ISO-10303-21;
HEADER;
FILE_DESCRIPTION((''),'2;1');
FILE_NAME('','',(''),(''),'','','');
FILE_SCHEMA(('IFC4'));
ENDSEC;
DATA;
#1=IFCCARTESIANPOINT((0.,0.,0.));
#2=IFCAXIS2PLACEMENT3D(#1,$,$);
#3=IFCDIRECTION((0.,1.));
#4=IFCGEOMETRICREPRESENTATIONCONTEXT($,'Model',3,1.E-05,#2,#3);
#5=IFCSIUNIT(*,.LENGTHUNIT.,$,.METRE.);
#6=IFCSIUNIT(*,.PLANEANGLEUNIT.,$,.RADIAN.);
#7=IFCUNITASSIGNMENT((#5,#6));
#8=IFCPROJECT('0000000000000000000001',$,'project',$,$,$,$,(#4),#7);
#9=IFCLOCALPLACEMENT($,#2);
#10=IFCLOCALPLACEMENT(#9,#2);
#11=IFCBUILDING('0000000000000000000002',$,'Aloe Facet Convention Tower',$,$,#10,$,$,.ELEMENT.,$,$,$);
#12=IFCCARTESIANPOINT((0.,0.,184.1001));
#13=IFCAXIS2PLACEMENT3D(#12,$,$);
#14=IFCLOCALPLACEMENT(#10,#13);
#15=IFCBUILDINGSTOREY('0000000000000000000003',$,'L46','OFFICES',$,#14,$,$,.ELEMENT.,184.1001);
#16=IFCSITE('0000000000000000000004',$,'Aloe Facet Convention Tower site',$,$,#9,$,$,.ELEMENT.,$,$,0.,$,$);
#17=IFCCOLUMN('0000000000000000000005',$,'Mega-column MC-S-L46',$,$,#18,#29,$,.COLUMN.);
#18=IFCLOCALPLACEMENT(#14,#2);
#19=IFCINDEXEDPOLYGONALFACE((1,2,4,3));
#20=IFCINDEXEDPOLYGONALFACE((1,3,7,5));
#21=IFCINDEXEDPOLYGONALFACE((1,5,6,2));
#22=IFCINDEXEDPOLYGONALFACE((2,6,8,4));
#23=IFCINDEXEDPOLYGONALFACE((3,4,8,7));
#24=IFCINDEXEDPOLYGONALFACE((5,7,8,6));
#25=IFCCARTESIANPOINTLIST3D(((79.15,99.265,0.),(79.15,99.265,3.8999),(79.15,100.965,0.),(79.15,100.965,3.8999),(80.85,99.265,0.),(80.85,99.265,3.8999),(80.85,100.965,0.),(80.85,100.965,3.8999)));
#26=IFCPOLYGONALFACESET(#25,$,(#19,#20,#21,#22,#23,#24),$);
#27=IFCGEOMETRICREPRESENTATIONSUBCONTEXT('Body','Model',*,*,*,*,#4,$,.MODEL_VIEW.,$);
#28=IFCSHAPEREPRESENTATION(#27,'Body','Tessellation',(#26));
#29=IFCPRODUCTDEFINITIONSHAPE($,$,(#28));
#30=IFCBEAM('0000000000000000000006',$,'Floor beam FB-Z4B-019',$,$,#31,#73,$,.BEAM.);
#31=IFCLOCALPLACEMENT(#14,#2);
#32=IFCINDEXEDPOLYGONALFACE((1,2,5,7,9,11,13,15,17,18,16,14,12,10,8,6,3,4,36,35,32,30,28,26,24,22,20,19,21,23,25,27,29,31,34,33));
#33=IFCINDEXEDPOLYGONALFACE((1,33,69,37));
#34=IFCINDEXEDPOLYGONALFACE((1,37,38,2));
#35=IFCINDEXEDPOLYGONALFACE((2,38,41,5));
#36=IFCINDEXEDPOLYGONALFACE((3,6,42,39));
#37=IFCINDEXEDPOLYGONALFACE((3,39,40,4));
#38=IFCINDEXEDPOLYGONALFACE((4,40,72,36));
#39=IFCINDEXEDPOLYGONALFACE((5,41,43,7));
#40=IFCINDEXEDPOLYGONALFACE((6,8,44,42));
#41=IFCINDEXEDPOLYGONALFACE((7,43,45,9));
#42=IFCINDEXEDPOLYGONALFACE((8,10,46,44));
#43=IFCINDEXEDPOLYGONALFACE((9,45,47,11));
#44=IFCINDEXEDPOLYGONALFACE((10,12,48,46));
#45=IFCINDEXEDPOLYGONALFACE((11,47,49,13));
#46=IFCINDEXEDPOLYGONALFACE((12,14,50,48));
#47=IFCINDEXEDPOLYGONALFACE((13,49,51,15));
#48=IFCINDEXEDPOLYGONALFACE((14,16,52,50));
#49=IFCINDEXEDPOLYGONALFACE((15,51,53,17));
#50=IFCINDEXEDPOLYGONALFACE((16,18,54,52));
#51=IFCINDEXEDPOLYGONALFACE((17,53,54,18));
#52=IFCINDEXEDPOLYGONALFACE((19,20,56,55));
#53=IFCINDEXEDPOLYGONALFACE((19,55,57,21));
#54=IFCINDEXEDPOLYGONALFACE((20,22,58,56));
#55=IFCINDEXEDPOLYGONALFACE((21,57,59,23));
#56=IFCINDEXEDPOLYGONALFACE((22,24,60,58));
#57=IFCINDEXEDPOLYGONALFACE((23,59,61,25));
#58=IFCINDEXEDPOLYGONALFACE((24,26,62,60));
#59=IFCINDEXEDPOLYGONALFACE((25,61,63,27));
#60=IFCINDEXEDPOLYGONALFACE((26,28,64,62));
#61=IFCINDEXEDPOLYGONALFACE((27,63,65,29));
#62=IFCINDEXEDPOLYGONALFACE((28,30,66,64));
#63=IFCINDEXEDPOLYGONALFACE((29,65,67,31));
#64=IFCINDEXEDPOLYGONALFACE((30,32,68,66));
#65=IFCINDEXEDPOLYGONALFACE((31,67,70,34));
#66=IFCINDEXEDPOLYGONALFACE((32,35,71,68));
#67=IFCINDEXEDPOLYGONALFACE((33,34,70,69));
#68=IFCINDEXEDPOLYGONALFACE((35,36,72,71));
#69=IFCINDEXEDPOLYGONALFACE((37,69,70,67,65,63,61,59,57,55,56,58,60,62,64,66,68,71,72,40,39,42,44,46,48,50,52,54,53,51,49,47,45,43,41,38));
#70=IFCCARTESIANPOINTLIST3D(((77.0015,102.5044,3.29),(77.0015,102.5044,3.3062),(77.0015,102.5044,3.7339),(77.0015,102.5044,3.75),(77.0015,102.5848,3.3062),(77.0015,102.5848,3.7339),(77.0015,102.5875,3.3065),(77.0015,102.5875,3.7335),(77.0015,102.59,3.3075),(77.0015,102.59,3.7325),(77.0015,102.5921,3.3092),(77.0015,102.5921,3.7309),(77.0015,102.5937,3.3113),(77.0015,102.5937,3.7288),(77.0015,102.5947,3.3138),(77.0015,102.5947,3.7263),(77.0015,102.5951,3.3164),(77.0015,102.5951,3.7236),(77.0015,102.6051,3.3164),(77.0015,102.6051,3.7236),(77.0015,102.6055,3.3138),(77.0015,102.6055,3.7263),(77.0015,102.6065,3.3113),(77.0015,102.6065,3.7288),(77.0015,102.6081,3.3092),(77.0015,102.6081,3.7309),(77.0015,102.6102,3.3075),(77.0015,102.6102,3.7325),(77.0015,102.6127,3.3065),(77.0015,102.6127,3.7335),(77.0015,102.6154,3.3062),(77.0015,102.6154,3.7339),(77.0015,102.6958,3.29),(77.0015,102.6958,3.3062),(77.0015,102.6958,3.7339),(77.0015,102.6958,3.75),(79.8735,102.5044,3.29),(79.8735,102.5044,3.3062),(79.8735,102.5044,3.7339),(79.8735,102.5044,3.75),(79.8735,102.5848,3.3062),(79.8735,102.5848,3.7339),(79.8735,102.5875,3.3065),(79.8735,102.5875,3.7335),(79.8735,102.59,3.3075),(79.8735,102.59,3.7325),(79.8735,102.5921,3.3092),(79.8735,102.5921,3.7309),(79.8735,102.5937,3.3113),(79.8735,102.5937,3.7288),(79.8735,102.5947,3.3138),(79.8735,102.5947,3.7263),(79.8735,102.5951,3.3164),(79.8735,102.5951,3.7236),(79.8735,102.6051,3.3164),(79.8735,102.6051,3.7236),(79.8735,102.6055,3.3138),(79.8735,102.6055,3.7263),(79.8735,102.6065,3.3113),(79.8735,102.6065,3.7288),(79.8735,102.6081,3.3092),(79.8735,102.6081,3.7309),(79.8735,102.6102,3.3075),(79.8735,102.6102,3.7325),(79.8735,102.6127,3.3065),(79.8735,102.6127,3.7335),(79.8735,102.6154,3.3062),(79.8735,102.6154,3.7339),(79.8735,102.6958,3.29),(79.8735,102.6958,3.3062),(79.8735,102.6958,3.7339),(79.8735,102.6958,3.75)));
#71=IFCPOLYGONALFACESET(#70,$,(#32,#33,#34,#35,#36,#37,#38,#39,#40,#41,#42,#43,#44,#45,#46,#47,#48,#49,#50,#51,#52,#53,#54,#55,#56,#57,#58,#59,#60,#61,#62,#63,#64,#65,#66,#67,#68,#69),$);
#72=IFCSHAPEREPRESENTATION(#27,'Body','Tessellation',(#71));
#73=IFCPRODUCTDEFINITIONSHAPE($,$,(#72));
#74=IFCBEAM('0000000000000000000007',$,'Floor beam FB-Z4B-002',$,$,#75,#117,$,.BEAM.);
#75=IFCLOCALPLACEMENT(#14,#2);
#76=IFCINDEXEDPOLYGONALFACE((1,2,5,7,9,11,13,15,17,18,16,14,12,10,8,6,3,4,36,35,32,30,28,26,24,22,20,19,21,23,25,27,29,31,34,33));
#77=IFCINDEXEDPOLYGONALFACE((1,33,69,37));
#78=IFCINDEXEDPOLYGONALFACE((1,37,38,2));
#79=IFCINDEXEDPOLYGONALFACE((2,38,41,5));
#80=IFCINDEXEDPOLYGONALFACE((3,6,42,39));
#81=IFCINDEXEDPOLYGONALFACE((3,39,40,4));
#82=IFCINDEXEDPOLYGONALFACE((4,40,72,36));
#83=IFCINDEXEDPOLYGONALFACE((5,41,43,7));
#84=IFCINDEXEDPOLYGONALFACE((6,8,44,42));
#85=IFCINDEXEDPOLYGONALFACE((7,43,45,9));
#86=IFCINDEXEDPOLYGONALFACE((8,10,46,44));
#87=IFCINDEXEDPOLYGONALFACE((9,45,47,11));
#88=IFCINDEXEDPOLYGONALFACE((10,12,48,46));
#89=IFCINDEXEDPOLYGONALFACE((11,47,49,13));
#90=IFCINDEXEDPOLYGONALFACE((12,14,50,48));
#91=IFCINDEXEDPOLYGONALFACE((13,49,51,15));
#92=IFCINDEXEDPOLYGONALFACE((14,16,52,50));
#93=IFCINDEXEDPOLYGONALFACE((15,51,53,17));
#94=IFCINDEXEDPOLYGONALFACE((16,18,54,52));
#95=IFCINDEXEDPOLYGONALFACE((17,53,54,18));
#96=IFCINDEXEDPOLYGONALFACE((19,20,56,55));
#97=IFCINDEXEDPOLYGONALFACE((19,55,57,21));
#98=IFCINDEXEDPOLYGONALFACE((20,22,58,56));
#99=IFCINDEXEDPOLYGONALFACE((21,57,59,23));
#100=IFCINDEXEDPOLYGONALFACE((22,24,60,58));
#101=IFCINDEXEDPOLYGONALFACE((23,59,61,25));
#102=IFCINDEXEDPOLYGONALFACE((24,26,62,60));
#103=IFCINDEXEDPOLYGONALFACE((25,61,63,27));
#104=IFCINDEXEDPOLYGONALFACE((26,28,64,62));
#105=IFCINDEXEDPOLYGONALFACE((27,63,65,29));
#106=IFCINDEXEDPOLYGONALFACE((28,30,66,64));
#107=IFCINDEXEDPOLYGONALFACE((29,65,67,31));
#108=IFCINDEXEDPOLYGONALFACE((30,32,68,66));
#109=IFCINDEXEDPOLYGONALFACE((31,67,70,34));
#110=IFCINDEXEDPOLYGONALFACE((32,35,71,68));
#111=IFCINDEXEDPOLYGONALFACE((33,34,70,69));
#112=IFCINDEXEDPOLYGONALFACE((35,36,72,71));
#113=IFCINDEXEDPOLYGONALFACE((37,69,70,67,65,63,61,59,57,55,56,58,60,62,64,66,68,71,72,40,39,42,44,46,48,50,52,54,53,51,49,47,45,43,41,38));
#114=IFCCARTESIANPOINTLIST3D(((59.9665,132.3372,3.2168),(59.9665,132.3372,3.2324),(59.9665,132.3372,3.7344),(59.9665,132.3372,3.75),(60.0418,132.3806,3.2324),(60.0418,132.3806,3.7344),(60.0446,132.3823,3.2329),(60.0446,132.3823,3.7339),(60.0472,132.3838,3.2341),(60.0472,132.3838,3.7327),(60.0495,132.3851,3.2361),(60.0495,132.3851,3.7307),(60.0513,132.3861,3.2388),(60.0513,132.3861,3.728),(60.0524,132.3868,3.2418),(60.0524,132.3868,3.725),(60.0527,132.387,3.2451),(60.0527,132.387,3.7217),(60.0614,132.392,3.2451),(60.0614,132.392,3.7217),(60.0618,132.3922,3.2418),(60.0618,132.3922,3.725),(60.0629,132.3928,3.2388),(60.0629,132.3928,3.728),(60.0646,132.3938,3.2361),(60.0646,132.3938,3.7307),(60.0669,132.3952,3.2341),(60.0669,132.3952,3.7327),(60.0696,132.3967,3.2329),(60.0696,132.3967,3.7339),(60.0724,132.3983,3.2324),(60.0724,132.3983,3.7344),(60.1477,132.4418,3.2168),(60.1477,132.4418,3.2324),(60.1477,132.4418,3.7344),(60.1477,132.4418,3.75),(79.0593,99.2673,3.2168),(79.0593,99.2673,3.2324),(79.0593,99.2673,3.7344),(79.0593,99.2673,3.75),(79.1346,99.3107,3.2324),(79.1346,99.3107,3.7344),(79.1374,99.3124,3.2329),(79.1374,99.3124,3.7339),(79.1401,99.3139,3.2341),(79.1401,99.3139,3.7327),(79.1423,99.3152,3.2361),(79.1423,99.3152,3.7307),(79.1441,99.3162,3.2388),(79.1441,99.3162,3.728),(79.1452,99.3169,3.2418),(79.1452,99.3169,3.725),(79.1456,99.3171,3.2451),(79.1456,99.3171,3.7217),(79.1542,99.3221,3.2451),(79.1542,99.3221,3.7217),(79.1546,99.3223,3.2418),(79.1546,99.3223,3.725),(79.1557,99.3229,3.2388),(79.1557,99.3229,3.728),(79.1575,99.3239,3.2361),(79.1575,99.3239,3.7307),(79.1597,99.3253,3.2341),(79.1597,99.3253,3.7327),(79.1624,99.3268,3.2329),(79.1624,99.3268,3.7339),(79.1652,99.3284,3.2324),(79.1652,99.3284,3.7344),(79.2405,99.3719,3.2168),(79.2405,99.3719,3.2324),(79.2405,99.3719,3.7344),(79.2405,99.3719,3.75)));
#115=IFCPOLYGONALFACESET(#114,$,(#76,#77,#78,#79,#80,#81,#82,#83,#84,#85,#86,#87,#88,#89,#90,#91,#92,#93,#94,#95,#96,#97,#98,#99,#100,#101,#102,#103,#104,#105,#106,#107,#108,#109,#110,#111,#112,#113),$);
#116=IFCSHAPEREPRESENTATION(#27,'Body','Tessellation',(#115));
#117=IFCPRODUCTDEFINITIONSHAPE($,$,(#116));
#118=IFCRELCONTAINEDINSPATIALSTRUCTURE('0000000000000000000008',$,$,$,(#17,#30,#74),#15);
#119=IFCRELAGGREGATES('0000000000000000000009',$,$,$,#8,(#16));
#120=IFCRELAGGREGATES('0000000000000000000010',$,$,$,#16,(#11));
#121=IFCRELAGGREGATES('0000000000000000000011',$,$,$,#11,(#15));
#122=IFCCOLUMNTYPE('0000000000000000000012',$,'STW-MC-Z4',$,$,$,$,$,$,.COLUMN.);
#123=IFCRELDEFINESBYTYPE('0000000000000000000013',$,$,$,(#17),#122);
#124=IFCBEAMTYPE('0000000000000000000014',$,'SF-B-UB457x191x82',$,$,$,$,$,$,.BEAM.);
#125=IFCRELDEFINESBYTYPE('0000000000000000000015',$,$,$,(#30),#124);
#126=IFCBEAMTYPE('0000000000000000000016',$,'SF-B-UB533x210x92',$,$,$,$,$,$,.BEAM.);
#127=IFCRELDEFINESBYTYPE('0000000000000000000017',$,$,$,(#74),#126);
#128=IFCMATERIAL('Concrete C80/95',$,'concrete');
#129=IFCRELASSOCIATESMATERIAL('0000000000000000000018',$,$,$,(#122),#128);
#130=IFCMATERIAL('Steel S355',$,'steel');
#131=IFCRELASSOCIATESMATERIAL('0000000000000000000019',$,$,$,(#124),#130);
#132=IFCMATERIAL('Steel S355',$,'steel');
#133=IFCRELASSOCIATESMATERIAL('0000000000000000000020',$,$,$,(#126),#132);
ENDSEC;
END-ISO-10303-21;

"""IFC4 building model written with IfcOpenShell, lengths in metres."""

from ifc_helpers import new_model, si_unit, direction, frame, origin, origin_2d, place, context, subcontext, project, spatial, rectangle, i_section, extrude, material, material_profile, profile_set, type_object, element, save


model = new_model("IFC4")

# Units and contexts
model_context = context("Model", 3, precision=1e-05, world=origin(), true_north=direction((0.0, 1.0)))
body_context = subcontext(model_context, "Body", "Model", "MODEL_VIEW")
ifc_project = project(units=[si_unit("LENGTHUNIT", "METRE"), si_unit("PLANEANGLEUNIT", "RADIAN")], contexts=[model_context])

# Site, building, storey
site_placement = place(None, origin())
site = spatial("IfcSite", under=ifc_project, at=site_placement, Name="Aloe Facet Convention Tower site", CompositionType="ELEMENT", RefElevation=0.0)
building_placement = place(site_placement, origin())
building = spatial("IfcBuilding", under=site, at=building_placement, Name="Aloe Facet Convention Tower", CompositionType="ELEMENT")
storey_placement = place(building_placement, frame((0.0, 0.0, 184.1001)))
storey = spatial("IfcBuildingStorey", under=building, at=storey_placement, Name="L46", Description="OFFICES", CompositionType="ELEMENT", Elevation=184.1001)

# Column
ifc_material_1 = material(Name="Concrete C80/95", Category="concrete")
ifc_material_profile_1 = material_profile(ifc_material_1, rectangle(XDim=1.7, YDim=1.7, at=origin_2d()), Name="STW-MC-Z4")
ifc_profile_set_1 = profile_set([ifc_material_profile_1], Name="Concrete C80/95")
column_type = type_object("IfcColumnType", Name="STW-MC-Z4", PredefinedType="COLUMN", material=ifc_profile_set_1)
column_placement = place(storey_placement, frame((80.0, 100.115, 0.0), z_axis=(0.0, 0.0, 1.0), x_axis=(1.0, 0.0, 0.0)))
element("IfcColumn", 1, at=column_placement, inside=storey, type_object=column_type, Name="Mega-column MC-S-L46", PredefinedType="COLUMN", context=body_context, shape_type="SweptSolid", body=[
    extrude(rectangle(XDim=1.7, YDim=1.7, at=origin_2d()), origin(), (0.0, 0.0, 1.0), 3.8999),
])

# Beams
ifc_material_2 = material(Name="Steel S355", Category="steel")
ifc_material_profile_2 = material_profile(ifc_material_2, i_section(OverallWidth=0.1914, OverallDepth=0.46, WebThickness=0.01, FlangeThickness=0.0161, FilletRadius=0.0103, at=origin_2d()), Name="UB 457x191x82")
ifc_profile_set_2 = profile_set([ifc_material_profile_2], Name="Steel S355")
beam_type_1 = type_object("IfcBeamType", Name="SF-B-UB457x191x82", PredefinedType="BEAM", material=ifc_profile_set_2)
beam_1_placement = place(storey_placement, frame((77.0015, 102.6001, 3.52), z_axis=(1.0, 0.0, 0.0), x_axis=(0.0, 1.0, 0.0)))
element("IfcBeam", 2, at=beam_1_placement, inside=storey, type_object=beam_type_1, Name="Floor beam FB-Z4B-019", PredefinedType="BEAM", context=body_context, shape_type="SweptSolid", body=[
    extrude(i_section(OverallWidth=0.1914, OverallDepth=0.46, WebThickness=0.01, FlangeThickness=0.0161, FilletRadius=0.0103, at=origin_2d()), origin(), (0.0, 0.0, 1.0), 2.8721),
])
ifc_material_3 = material(Name="Steel S355", Category="steel")
ifc_material_profile_3 = material_profile(ifc_material_3, i_section(OverallWidth=0.2092, OverallDepth=0.5332, WebThickness=0.01, FlangeThickness=0.0156, FilletRadius=0.0127, at=origin_2d()), Name="UB 533x210x92")
ifc_profile_set_3 = profile_set([ifc_material_profile_3], Name="Steel S355")
beam_type_2 = type_object("IfcBeamType", Name="SF-B-UB533x210x92", PredefinedType="BEAM", material=ifc_profile_set_3)
beam_2_placement = place(storey_placement, frame((79.1499, 99.3196, 3.4834), z_axis=(-0.499998, 0.866027, 0.0), x_axis=(-0.866027, -0.499998, 0.0)))
element("IfcBeam", 3, at=beam_2_placement, inside=storey, type_object=beam_type_2, Name="Floor beam FB-Z4B-002", PredefinedType="BEAM", context=body_context, shape_type="SweptSolid", body=[
    extrude(i_section(OverallWidth=0.2092, OverallDepth=0.5332, WebThickness=0.01, FlangeThickness=0.0156, FilletRadius=0.0127, at=origin_2d()), origin(), (0.0, 0.0, 1.0), 38.1858),
])

save(model, "model.ifc")
